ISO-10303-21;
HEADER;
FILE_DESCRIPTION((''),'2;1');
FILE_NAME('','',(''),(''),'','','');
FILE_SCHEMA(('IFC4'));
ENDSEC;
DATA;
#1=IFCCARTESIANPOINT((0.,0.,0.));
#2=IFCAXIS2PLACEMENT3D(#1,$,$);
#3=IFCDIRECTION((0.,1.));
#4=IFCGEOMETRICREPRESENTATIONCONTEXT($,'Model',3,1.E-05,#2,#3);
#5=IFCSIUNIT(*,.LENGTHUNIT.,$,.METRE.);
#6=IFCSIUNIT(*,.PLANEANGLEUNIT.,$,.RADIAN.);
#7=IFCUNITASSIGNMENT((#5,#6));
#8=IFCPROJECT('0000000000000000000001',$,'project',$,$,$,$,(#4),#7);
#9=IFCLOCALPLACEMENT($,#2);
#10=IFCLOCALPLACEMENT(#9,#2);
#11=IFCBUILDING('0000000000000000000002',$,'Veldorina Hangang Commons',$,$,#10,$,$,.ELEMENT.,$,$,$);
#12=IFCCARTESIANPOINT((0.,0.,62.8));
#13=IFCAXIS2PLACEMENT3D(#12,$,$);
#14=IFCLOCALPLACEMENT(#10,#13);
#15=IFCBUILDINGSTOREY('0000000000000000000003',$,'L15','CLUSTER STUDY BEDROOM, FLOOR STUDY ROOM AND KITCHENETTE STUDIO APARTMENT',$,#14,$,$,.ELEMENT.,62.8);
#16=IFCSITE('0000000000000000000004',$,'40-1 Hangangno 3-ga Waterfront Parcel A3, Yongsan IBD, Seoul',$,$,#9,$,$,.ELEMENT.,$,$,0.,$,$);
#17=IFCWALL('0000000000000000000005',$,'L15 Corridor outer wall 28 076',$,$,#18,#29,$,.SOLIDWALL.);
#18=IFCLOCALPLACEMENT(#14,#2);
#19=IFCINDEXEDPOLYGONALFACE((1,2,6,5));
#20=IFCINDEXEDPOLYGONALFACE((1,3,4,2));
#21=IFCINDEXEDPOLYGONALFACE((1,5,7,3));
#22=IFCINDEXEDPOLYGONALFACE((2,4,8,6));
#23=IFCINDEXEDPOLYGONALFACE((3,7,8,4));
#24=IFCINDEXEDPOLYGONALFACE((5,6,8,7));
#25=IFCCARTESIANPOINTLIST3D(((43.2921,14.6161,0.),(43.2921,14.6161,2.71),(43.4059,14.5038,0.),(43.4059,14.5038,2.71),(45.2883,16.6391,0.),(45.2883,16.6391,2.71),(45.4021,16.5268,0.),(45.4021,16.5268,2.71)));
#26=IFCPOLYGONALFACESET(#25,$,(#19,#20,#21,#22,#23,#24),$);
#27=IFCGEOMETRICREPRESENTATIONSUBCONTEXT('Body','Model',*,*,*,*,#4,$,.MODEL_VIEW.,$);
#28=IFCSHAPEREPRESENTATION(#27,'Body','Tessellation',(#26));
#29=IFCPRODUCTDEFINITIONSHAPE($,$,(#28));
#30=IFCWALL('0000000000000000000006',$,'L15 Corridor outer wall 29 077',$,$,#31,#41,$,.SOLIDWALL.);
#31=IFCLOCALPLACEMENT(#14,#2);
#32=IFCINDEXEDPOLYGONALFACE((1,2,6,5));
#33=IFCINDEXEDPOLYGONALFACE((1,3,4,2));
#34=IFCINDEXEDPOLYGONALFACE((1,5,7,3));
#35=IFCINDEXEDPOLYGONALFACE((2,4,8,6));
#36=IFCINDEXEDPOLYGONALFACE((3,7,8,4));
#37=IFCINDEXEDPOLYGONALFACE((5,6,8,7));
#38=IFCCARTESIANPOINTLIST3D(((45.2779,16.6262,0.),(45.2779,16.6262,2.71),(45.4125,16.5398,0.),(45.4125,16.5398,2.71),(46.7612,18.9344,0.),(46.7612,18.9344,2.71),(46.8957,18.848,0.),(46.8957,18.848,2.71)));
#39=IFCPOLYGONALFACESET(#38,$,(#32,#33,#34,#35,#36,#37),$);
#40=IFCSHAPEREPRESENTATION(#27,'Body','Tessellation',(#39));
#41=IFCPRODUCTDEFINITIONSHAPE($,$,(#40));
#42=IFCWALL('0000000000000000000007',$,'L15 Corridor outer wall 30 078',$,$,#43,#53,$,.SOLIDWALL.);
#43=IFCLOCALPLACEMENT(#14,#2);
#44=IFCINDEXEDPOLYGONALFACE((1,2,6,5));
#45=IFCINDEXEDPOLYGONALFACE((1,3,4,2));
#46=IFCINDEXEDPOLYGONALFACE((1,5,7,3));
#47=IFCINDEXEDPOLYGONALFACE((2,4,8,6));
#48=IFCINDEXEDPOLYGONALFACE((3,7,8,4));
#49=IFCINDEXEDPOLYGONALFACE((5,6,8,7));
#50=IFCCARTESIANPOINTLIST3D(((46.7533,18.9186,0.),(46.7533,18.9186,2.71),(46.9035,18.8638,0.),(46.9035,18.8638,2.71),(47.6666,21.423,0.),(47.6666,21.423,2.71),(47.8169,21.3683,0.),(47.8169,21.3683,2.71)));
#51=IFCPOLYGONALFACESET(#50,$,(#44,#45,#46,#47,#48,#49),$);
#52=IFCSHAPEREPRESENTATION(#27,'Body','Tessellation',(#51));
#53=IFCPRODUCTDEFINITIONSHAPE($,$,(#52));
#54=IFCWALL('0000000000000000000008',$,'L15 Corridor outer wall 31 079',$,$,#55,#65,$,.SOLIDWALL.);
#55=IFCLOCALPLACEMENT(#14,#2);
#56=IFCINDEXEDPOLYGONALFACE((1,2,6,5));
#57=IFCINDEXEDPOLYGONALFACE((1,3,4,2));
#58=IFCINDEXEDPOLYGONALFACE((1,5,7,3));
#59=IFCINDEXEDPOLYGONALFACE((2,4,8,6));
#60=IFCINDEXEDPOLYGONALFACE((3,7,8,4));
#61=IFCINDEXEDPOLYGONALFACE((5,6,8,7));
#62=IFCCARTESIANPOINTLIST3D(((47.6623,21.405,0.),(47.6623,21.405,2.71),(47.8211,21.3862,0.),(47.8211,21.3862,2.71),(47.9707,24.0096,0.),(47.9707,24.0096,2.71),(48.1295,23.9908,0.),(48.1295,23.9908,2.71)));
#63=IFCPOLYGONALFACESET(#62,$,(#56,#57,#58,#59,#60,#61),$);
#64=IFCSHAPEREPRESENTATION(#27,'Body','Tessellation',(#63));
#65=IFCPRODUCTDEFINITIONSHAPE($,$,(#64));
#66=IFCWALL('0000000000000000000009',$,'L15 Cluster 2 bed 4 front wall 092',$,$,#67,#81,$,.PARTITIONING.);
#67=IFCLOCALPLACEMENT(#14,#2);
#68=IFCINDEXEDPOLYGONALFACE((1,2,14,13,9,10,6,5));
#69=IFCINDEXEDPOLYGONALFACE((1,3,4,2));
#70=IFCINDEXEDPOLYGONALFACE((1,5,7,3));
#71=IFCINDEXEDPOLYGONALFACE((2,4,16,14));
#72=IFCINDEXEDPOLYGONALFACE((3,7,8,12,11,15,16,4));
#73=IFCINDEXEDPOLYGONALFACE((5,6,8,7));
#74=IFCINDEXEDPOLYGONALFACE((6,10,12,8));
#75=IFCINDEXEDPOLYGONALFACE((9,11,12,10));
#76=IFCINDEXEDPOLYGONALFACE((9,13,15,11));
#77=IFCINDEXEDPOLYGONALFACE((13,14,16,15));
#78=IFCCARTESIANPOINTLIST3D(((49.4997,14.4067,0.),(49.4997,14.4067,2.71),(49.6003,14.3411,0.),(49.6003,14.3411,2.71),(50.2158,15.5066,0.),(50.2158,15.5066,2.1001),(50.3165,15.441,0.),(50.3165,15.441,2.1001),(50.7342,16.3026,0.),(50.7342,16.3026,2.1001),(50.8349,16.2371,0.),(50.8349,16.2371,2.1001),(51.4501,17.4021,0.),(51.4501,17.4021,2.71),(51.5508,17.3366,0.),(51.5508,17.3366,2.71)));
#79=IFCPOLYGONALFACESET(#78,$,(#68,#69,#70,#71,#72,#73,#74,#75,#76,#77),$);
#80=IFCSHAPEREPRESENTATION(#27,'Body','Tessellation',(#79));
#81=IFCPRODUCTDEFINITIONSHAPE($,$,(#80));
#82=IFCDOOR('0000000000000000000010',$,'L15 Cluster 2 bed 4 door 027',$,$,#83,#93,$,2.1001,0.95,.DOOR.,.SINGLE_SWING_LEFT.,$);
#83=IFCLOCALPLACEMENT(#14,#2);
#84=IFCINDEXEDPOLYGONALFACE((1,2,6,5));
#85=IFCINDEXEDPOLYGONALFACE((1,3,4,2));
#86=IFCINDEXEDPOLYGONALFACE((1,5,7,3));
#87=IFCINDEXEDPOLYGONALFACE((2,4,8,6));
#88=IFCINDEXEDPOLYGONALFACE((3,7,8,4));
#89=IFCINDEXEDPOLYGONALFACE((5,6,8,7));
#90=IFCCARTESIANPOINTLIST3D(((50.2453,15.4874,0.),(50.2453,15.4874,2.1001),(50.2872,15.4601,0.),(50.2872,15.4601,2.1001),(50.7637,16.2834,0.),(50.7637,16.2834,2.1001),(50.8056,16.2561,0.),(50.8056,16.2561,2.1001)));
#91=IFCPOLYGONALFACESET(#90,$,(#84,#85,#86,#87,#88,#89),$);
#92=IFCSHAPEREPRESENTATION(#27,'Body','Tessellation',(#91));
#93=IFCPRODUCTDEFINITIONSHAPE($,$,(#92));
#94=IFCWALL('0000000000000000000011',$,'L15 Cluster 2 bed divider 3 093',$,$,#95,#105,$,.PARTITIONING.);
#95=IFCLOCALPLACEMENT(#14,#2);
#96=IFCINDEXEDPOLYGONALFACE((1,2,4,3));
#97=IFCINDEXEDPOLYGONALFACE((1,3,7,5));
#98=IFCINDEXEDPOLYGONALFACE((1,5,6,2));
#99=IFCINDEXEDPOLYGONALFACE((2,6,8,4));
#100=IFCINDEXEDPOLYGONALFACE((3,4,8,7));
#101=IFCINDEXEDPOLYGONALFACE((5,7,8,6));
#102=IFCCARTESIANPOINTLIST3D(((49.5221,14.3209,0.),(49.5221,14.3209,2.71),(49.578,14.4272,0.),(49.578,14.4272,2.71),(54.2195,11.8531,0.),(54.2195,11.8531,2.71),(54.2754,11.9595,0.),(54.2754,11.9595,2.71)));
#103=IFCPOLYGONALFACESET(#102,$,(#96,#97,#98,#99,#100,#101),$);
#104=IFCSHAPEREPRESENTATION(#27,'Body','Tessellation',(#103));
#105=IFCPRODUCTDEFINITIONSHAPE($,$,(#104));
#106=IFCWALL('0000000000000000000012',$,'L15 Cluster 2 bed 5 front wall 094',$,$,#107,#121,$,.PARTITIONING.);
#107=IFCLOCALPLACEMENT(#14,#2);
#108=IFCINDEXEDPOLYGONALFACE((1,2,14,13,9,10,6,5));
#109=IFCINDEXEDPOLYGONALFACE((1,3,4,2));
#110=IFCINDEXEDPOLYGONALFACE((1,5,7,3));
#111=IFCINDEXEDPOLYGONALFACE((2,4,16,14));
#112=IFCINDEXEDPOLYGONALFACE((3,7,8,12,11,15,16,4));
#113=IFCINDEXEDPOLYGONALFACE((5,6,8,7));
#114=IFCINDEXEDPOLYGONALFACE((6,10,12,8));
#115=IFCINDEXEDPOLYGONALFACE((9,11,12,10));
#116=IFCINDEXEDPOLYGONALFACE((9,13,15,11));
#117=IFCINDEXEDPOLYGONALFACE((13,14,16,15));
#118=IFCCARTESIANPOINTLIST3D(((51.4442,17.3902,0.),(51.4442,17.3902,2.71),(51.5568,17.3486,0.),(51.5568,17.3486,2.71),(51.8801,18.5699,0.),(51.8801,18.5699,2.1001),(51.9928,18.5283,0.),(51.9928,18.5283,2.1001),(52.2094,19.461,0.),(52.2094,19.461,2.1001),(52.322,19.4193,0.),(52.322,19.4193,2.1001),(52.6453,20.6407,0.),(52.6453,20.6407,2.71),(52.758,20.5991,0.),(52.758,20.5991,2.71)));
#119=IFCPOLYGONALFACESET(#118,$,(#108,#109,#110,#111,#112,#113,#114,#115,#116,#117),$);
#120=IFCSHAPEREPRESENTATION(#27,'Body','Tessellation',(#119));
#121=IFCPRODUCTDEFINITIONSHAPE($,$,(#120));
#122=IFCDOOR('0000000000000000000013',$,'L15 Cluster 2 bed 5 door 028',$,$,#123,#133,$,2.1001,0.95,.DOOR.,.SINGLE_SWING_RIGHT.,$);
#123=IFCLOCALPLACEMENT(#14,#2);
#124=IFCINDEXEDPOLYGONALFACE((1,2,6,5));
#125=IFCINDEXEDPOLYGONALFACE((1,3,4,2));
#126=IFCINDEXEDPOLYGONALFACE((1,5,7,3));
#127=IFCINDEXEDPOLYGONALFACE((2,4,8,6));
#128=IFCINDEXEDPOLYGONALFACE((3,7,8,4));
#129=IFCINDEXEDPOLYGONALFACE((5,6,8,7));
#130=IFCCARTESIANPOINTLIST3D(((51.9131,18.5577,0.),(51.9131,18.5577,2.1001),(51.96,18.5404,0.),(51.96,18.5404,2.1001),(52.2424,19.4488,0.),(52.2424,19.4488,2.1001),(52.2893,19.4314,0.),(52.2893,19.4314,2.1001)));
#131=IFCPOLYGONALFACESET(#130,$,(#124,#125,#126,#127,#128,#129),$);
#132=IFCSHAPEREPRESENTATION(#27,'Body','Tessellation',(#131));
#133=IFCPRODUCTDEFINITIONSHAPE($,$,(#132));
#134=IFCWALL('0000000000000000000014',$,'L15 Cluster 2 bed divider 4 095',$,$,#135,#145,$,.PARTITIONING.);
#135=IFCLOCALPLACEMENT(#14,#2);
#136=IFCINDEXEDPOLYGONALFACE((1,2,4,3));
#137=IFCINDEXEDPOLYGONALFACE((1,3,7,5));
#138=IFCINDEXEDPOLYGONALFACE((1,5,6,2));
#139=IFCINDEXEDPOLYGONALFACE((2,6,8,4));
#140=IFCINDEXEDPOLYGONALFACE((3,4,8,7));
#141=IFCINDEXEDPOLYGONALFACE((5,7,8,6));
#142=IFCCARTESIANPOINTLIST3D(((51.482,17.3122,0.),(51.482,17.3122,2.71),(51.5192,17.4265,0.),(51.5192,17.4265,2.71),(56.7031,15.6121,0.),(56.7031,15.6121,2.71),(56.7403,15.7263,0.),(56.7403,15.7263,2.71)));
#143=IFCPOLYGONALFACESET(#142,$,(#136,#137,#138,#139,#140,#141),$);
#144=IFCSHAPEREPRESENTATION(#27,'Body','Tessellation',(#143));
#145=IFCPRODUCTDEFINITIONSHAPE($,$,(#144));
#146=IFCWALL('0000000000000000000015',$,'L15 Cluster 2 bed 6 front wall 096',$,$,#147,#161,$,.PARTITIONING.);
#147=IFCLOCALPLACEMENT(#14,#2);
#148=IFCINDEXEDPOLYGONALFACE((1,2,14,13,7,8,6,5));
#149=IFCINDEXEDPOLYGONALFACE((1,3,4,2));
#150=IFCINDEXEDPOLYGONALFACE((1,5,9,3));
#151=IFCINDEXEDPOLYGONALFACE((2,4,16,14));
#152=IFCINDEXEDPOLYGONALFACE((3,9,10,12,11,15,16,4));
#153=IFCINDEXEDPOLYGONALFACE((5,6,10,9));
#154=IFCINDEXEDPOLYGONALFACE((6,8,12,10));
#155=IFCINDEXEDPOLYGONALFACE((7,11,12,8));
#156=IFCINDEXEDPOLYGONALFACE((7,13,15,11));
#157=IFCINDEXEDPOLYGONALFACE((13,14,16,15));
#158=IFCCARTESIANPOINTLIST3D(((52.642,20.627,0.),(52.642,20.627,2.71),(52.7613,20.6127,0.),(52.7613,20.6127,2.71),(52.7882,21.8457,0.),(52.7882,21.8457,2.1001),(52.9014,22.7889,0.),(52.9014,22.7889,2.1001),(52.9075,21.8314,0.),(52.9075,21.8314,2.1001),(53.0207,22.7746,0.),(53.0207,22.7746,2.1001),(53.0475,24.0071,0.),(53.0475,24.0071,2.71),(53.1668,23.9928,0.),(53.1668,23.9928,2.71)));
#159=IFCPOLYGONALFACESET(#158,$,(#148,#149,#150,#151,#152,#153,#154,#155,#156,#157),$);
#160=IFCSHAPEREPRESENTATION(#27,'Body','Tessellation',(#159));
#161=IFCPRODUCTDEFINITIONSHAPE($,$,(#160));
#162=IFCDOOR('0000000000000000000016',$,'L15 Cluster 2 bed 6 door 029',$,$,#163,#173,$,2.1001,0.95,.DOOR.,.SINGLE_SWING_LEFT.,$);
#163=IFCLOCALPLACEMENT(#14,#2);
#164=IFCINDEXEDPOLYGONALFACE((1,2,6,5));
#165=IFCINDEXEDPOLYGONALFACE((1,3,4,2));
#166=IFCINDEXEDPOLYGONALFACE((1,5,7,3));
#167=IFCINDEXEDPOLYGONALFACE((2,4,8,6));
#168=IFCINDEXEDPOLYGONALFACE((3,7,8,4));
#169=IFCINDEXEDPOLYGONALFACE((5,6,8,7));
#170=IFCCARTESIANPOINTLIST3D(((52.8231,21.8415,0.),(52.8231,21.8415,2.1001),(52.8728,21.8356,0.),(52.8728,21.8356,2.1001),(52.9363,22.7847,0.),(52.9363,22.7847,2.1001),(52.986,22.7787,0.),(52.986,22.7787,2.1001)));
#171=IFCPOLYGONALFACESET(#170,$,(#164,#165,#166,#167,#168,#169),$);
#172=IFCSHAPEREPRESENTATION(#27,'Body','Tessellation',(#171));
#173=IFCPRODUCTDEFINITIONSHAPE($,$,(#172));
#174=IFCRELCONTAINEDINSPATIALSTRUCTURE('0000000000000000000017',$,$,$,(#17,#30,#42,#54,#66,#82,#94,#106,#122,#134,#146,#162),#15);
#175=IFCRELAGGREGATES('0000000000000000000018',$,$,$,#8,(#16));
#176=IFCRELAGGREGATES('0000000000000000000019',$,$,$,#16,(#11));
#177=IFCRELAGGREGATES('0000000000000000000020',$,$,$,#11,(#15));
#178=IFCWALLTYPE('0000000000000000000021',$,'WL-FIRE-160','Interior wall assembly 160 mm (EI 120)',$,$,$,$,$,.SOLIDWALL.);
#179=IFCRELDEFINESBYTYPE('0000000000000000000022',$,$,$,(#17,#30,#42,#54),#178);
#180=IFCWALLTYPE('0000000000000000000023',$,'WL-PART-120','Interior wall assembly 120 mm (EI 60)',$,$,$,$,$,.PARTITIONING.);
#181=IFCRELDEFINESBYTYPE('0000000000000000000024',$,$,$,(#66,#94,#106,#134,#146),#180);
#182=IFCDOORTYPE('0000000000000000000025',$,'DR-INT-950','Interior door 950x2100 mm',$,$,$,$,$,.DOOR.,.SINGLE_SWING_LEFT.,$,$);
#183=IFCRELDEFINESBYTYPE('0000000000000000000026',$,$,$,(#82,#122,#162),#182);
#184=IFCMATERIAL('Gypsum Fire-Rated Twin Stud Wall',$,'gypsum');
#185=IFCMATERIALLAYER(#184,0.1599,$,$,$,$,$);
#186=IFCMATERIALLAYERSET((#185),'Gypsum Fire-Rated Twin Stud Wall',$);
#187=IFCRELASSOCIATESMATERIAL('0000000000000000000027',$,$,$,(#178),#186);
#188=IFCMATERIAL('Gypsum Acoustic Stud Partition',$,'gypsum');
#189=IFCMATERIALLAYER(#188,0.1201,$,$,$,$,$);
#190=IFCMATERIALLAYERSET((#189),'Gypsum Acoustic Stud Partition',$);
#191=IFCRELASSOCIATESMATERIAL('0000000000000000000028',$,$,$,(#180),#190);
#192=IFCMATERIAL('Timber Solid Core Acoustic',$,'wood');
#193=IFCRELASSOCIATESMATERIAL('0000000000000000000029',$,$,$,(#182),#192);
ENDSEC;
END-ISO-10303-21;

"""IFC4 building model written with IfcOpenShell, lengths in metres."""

from ifc_helpers import new_model, si_unit, direction, frame, frame_2d, origin, place, context, subcontext, project, spatial, rectangle, extrude, material, layer, layer_set, type_object, element, fill, save


model = new_model("IFC4")

# Units and contexts
model_context = context("Model", 3, precision=1e-05, world=origin(), true_north=direction((0.0, 1.0)))
body_context = subcontext(model_context, "Body", "Model", "MODEL_VIEW")
ifc_project = project(units=[si_unit("LENGTHUNIT", "METRE"), si_unit("PLANEANGLEUNIT", "RADIAN")], contexts=[model_context])

# Site, building, storey
site_placement = place(None, origin())
site = spatial("IfcSite", under=ifc_project, at=site_placement, Name="40-1 Hangangno 3-ga Waterfront Parcel A3, Yongsan IBD, Seoul", CompositionType="ELEMENT", RefElevation=0.0)
building_placement = place(site_placement, origin())
building = spatial("IfcBuilding", under=site, at=building_placement, Name="Veldorina Hangang Commons", CompositionType="ELEMENT")
storey_placement = place(building_placement, frame((0.0, 0.0, 62.8)))
storey = spatial("IfcBuildingStorey", under=building, at=storey_placement, Name="L15", Description="CLUSTER STUDY BEDROOM, FLOOR STUDY ROOM AND KITCHENETTE STUDIO APARTMENT", CompositionType="ELEMENT", Elevation=62.8)

# Walls
ifc_material_1 = material(Name="Gypsum Fire-Rated Twin Stud Wall", Category="gypsum")
ifc_layer_1 = layer(ifc_material_1, 0.1599)
ifc_layer_set_1 = layer_set([ifc_layer_1], Name="Gypsum Fire-Rated Twin Stud Wall")
wall_type_1 = type_object("IfcWallType", Name="WL-FIRE-160", Description="Interior wall assembly 160 mm (EI 120)", PredefinedType="SOLIDWALL", material=ifc_layer_set_1)
wall_1_placement = place(storey_placement, frame((43.3491, 14.5601, 0.0), z_axis=(0.0, 0.0, 1.0), x_axis=(0.702366, 0.711816, 0.0)))
element("IfcWall", 1, at=wall_1_placement, inside=storey, type_object=wall_type_1, Name="L15 Corridor outer wall 28 076", PredefinedType="SOLIDWALL", context=body_context, shape_type="SweptSolid", body=[
    extrude(rectangle(XDim=2.842, YDim=0.1599, at=frame_2d((1.4209, 0.0))), origin(), (0.0, 0.0, 1.0), 2.71),
])
wall_2_placement = place(storey_placement, frame((45.3452, 16.583, 0.0), z_axis=(0.0, 0.0, 1.0), x_axis=(0.540596, 0.841283, 0.0)))
element("IfcWall", 2, at=wall_2_placement, inside=storey, type_object=wall_type_1, Name="L15 Corridor outer wall 29 077", PredefinedType="SOLIDWALL", context=body_context, shape_type="SweptSolid", body=[
    extrude(rectangle(XDim=2.7437, YDim=0.1599, at=frame_2d((1.3718, 0.0))), origin(), (0.0, 0.0, 1.0), 2.71),
])
wall_3_placement = place(storey_placement, frame((46.8284, 18.8911, 0.0), z_axis=(0.0, 0.0, 1.0), x_axis=(0.342618, 0.939475, 0.0)))
element("IfcWall", 3, at=wall_3_placement, inside=storey, type_object=wall_type_1, Name="L15 Corridor outer wall 30 078", PredefinedType="SOLIDWALL", context=body_context, shape_type="SweptSolid", body=[
    extrude(rectangle(XDim=2.6658, YDim=0.1599, at=frame_2d((1.333, 0.0))), origin(), (0.0, 0.0, 1.0), 2.71),
])
wall_4_placement = place(storey_placement, frame((47.7417, 21.3955, 0.0), z_axis=(0.0, 0.0, 1.0), x_axis=(0.11757, 0.993065, 0.0)))
element("IfcWall", 4, at=wall_4_placement, inside=storey, type_object=wall_type_1, Name="L15 Corridor outer wall 31 079", PredefinedType="SOLIDWALL", context=body_context, shape_type="SweptSolid", body=[
    extrude(rectangle(XDim=2.6228, YDim=0.1599, at=frame_2d((1.3115, 0.0))), origin(), (0.0, 0.0, 1.0), 2.71),
])

# Wall, opening, door
ifc_material_2 = material(Name="Gypsum Acoustic Stud Partition", Category="gypsum")
ifc_layer_2 = layer(ifc_material_2, 0.1201)
ifc_layer_set_2 = layer_set([ifc_layer_2], Name="Gypsum Acoustic Stud Partition")
wall_type_2 = type_object("IfcWallType", Name="WL-PART-120", Description="Interior wall assembly 120 mm (EI 60)", PredefinedType="PARTITIONING", material=ifc_layer_set_2)
wall_5_placement = place(storey_placement, frame((49.55, 14.374, 0.0), z_axis=(0.0, 0.0, 1.0), x_axis=(0.545668, 0.838002, 0.0)))
wall_5 = element("IfcWall", 5, at=wall_5_placement, inside=storey, type_object=wall_type_2, Name="L15 Cluster 2 bed 4 front wall 092", PredefinedType="PARTITIONING", context=body_context, shape_type="SweptSolid", body=[
    extrude(rectangle(XDim=3.5745, YDim=0.1201, at=frame_2d((1.7871, 0.0))), origin(), (0.0, 0.0, 1.0), 2.71),
])
opening_1_placement = place(wall_5_placement, frame((1.3123, 0.0, 0.0)))
opening_1 = element("IfcOpeningElement", 6, at=opening_1_placement, cuts=wall_5, PredefinedType="OPENING", context=body_context, shape_type="SweptSolid", body=[
    extrude(rectangle(XDim=0.95, YDim=2.1001, at=frame_2d((0.4751, 1.05))), frame((0.0, 0.0701, 0.0), z_axis=(0.0, -1.0, 0.0), x_axis=(1.0, 0.0, 0.0)), (0.0, 0.0, 1.0), 0.1401),
])
ifc_material_3 = material(Name="Timber Solid Core Acoustic", Category="wood")
door_type = type_object("IfcDoorType", Name="DR-INT-950", Description="Interior door 950x2100 mm", OperationType="SINGLE_SWING_LEFT", PredefinedType="DOOR", material=ifc_material_3)
door_1_placement = place(opening_1_placement, origin())
door_1 = element("IfcDoor", 7, at=door_1_placement, inside=storey, type_object=door_type, Name="L15 Cluster 2 bed 4 door 027", OperationType="SINGLE_SWING_LEFT", OverallHeight=2.1001, OverallWidth=0.95, PredefinedType="DOOR", context=body_context, shape_type="SweptSolid", body=[
    extrude(rectangle(XDim=0.95, YDim=2.1001, at=frame_2d((0.4751, 1.05))), frame((0.0, 0.0249, 0.0), z_axis=(0.0, -1.0, 0.0), x_axis=(1.0, 0.0, 0.0)), (0.0, 0.0, 1.0), 0.05),
])
fill(opening_1, door_1)

# Wall
wall_6_placement = place(storey_placement, frame((49.55, 14.374, 0.0), z_axis=(0.0, 0.0, 1.0), x_axis=(0.885275, -0.465067, 0.0)))
element("IfcWall", 8, at=wall_6_placement, inside=storey, type_object=wall_type_2, Name="L15 Cluster 2 bed divider 3 093", PredefinedType="PARTITIONING", context=body_context, shape_type="SweptSolid", body=[
    extrude(rectangle(XDim=5.3062, YDim=0.1201, at=frame_2d((2.6531, 0.0))), origin(), (0.0, 0.0, 1.0), 2.71),
])

# Wall, opening, door
wall_7_placement = place(storey_placement, frame((51.5005, 17.3694, 0.0), z_axis=(0.0, 0.0, 1.0), x_axis=(0.346626, 0.938003, 0.0)))
wall_7 = element("IfcWall", 9, at=wall_7_placement, inside=storey, type_object=wall_type_2, Name="L15 Cluster 2 bed 5 front wall 094", PredefinedType="PARTITIONING", context=body_context, shape_type="SweptSolid", body=[
    extrude(rectangle(XDim=3.4653, YDim=0.1201, at=frame_2d((1.7327, 0.0))), origin(), (0.0, 0.0, 1.0), 2.71),
])
opening_2_placement = place(wall_7_placement, frame((1.2576, 0.0, 0.0)))
opening_2 = element("IfcOpeningElement", 10, at=opening_2_placement, cuts=wall_7, PredefinedType="OPENING", context=body_context, shape_type="SweptSolid", body=[
    extrude(rectangle(XDim=0.95, YDim=2.1001, at=frame_2d((0.4751, 1.05))), frame((0.0, 0.0701, 0.0), z_axis=(0.0, -1.0, 0.0), x_axis=(1.0, 0.0, 0.0)), (0.0, 0.0, 1.0), 0.1401),
])
door_2_placement = place(opening_2_placement, origin())
door_2 = element("IfcDoor", 11, at=door_2_placement, inside=storey, type_object=door_type, Name="L15 Cluster 2 bed 5 door 028", OperationType="SINGLE_SWING_RIGHT", OverallHeight=2.1001, OverallWidth=0.95, PredefinedType="DOOR", context=body_context, shape_type="SweptSolid", body=[
    extrude(rectangle(XDim=0.95, YDim=2.1001, at=frame_2d((0.4751, 1.05))), frame((0.0, 0.0249, 0.0), z_axis=(0.0, -1.0, 0.0), x_axis=(1.0, 0.0, 0.0)), (0.0, 0.0, 1.0), 0.05),
])
fill(opening_2, door_2)

# Wall
wall_8_placement = place(storey_placement, frame((51.5005, 17.3694, 0.0), z_axis=(0.0, 0.0, 1.0), x_axis=(0.950857, -0.309631, 0.0)))
element("IfcWall", 12, at=wall_8_placement, inside=storey, type_object=wall_type_2, Name="L15 Cluster 2 bed divider 4 095", PredefinedType="PARTITIONING", context=body_context, shape_type="SweptSolid", body=[
    extrude(rectangle(XDim=5.491, YDim=0.1201, at=frame_2d((2.7456, 0.0))), origin(), (0.0, 0.0, 1.0), 2.71),
])

# Wall, opening, door
wall_9_placement = place(storey_placement, frame((52.7017, 20.6199, 0.0), z_axis=(0.0, 0.0, 1.0), x_axis=(0.119117, 0.99288, 0.0)))
wall_9 = element("IfcWall", 13, at=wall_9_placement, inside=storey, type_object=wall_type_2, Name="L15 Cluster 2 bed 6 front wall 096", PredefinedType="PARTITIONING", context=body_context, shape_type="SweptSolid", body=[
    extrude(rectangle(XDim=3.4043, YDim=0.1201, at=frame_2d((1.7021, 0.0))), origin(), (0.0, 0.0, 1.0), 2.71),
])
opening_3_placement = place(wall_9_placement, frame((1.2273, 0.0, 0.0)))
opening_3 = element("IfcOpeningElement", 14, at=opening_3_placement, cuts=wall_9, PredefinedType="OPENING", context=body_context, shape_type="SweptSolid", body=[
    extrude(rectangle(XDim=0.95, YDim=2.1001, at=frame_2d((0.4751, 1.05))), frame((0.0, 0.0701, 0.0), z_axis=(0.0, -1.0, 0.0), x_axis=(1.0, 0.0, 0.0)), (0.0, 0.0, 1.0), 0.1401),
])
door_3_placement = place(opening_3_placement, origin())
door_3 = element("IfcDoor", 15, at=door_3_placement, inside=storey, type_object=door_type, Name="L15 Cluster 2 bed 6 door 029", OperationType="SINGLE_SWING_LEFT", OverallHeight=2.1001, OverallWidth=0.95, PredefinedType="DOOR", context=body_context, shape_type="SweptSolid", body=[
    extrude(rectangle(XDim=0.95, YDim=2.1001, at=frame_2d((0.4751, 1.05))), frame((0.0, 0.0249, 0.0), z_axis=(0.0, -1.0, 0.0), x_axis=(1.0, 0.0, 0.0)), (0.0, 0.0, 1.0), 0.05),
])
fill(opening_3, door_3)

save(model, "model.ifc")
